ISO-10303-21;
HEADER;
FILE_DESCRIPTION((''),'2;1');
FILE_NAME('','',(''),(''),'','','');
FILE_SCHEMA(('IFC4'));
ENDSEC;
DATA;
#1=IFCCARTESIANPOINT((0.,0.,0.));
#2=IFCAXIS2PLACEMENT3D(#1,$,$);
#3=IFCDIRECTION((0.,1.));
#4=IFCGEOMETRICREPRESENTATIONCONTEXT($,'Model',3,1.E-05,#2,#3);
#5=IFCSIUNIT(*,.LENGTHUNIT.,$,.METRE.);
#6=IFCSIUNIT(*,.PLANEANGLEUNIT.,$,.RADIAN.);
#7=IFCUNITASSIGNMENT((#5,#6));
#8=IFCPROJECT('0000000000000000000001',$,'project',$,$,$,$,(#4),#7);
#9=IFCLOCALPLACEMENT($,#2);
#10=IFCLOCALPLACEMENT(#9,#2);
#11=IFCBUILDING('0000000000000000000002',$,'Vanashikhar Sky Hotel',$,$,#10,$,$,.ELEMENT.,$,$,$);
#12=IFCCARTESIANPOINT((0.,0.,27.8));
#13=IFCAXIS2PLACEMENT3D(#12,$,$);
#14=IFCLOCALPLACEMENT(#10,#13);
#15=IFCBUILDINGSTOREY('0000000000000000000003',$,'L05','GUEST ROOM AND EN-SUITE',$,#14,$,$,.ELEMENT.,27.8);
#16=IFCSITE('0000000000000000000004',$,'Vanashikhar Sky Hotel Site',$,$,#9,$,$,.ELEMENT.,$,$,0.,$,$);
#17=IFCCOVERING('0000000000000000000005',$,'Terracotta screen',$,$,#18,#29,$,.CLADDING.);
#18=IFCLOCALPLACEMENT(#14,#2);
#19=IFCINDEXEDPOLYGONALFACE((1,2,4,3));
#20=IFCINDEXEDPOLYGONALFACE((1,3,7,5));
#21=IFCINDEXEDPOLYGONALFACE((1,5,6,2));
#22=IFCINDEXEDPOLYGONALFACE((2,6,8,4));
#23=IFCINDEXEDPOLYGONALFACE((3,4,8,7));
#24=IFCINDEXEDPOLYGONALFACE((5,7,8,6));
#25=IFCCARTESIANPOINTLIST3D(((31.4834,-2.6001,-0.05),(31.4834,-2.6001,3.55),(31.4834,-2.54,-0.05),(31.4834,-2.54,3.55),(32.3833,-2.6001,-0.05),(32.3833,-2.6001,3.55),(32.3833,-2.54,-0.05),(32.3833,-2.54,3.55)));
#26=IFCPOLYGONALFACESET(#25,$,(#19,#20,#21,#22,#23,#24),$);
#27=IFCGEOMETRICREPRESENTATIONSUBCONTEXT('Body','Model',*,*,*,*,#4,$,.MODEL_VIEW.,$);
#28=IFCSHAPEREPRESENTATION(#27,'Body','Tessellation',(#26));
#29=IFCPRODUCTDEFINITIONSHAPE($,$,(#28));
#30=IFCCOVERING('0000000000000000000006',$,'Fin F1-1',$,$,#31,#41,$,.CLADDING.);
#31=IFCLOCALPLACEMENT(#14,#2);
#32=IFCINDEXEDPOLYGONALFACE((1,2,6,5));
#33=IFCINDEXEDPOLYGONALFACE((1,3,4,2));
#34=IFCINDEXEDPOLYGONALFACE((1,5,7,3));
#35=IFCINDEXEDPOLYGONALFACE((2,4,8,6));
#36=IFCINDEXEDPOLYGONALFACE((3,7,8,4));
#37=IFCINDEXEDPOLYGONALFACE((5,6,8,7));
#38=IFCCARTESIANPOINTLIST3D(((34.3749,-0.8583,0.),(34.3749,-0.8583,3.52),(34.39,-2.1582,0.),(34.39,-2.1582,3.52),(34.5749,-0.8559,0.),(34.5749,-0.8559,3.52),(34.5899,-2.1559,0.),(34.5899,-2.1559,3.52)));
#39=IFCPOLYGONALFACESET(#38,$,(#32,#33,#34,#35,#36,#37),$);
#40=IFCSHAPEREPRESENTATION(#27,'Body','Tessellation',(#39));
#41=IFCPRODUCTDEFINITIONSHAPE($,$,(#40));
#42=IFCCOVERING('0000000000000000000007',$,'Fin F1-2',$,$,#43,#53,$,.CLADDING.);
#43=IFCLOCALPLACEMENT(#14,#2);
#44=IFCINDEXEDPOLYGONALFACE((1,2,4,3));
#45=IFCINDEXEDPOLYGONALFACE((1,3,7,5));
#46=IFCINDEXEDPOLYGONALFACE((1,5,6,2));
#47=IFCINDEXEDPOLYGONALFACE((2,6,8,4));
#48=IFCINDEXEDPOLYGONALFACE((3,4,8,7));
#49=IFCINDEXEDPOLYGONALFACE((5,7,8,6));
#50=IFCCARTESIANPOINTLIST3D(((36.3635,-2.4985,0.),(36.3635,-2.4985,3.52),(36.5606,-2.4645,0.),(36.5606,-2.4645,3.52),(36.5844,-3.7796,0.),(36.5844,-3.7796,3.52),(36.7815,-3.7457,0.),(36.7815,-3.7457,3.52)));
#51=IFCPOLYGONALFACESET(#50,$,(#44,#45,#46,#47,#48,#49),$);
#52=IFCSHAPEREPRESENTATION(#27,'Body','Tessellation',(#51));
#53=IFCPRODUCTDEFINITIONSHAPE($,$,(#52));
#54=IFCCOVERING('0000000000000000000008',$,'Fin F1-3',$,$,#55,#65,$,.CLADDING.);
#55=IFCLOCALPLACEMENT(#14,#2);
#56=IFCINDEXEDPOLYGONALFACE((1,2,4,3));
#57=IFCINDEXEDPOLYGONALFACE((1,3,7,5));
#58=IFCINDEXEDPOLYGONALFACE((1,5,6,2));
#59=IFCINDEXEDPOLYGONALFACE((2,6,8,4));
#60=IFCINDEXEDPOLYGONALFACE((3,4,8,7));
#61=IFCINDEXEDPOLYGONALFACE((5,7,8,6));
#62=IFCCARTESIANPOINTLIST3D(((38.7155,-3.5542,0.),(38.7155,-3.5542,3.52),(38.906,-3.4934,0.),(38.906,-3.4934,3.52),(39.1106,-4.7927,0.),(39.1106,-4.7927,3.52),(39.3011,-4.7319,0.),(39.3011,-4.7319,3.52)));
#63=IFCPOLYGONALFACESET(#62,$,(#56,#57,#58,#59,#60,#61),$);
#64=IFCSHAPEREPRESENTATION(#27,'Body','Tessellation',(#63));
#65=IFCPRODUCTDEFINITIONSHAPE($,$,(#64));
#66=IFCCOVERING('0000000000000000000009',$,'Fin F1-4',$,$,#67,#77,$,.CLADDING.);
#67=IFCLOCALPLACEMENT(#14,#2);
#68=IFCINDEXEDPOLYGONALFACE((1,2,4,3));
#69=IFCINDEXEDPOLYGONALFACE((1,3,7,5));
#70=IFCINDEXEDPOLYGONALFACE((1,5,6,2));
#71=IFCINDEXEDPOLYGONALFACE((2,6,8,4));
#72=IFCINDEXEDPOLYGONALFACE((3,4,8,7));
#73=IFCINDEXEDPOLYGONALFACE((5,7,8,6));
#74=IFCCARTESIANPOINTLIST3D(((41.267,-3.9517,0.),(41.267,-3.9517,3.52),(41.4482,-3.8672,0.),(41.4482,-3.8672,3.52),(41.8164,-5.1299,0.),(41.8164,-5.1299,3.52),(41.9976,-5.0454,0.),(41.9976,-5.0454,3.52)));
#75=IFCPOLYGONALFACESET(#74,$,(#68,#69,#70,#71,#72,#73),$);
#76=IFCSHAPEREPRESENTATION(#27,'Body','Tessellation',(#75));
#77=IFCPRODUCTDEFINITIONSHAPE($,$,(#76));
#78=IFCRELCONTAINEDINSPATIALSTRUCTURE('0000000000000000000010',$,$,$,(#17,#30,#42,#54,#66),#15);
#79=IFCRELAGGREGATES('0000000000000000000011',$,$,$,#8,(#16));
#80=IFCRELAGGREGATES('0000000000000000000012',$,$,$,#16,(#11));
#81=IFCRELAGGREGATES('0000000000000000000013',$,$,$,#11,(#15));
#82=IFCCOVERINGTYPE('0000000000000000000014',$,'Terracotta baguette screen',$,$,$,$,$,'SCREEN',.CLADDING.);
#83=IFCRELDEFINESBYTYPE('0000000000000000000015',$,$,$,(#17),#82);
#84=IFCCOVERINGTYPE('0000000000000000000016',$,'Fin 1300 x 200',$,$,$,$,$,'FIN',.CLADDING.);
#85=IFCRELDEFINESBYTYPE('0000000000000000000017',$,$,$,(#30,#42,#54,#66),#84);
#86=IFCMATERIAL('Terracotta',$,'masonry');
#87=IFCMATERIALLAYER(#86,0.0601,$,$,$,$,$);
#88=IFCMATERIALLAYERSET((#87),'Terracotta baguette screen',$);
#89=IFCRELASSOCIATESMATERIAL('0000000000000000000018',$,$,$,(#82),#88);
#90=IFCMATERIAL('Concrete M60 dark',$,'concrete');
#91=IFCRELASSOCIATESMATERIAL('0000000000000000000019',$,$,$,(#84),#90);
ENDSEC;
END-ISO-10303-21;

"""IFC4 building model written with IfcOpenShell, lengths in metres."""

from ifc_helpers import new_model, si_unit, direction, frame, origin, origin_2d, place, context, subcontext, project, spatial, rectangle, extrude, source, transform, mapped, material, layer, layer_set, material_profile, profile_set, type_object, element, save


model = new_model("IFC4")

# Units and contexts
model_context = context("Model", 3, precision=1e-05, world=origin(), true_north=direction((0.0, 1.0)))
body_context = subcontext(model_context, "Body", "Model", "MODEL_VIEW")
ifc_project = project(units=[si_unit("LENGTHUNIT", "METRE"), si_unit("PLANEANGLEUNIT", "RADIAN")], contexts=[model_context])

# Site, building, storey
site_placement = place(None, origin())
site = spatial("IfcSite", under=ifc_project, at=site_placement, Name="Vanashikhar Sky Hotel Site", CompositionType="ELEMENT", RefElevation=0.0)
building_placement = place(site_placement, origin())
building = spatial("IfcBuilding", under=site, at=building_placement, Name="Vanashikhar Sky Hotel", CompositionType="ELEMENT")
storey_placement = place(building_placement, frame((0.0, 0.0, 27.8)))
storey = spatial("IfcBuildingStorey", under=building, at=storey_placement, Name="L05", Description="GUEST ROOM AND EN-SUITE", CompositionType="ELEMENT", Elevation=27.8)

# Coverings
ifc_material_1 = material(Name="Terracotta", Category="masonry")
ifc_layer_1 = layer(ifc_material_1, 0.0601)
ifc_layer_set_1 = layer_set([ifc_layer_1], Name="Terracotta baguette screen")
covering_type_1 = type_object("IfcCoveringType", Name="Terracotta baguette screen", ElementType="SCREEN", PredefinedType="CLADDING", material=ifc_layer_set_1)
shared_shape_1 = source(origin(), body_context, "Body", "SweptSolid", [
    extrude(rectangle(XDim=0.8999, YDim=0.0601, at=origin_2d()), origin(), (0.0, 0.0, 1.0), 3.6001),
])
covering_placement = place(storey_placement, frame((31.9333, -2.5701, -0.05), z_axis=(0.0, 0.0, 1.0), x_axis=(1.0, 0.0, 0.0)))
element("IfcCovering", 1, at=covering_placement, inside=storey, type_object=covering_type_1, Name="Terracotta screen", PredefinedType="CLADDING", context=body_context, shape_type="MappedRepresentation", body=[
    mapped(shared_shape_1, transform((0.0, 0.0, 0.0), scale=1.0)),
])
ifc_material_2 = material(Name="Concrete M60 dark", Category="concrete")
ifc_material_profile = material_profile(ifc_material_2, rectangle(XDim=1.3, YDim=0.2, at=origin_2d()))
ifc_profile_set = profile_set([ifc_material_profile], Name="Fin 1300 x 200")
covering_type_2 = type_object("IfcCoveringType", Name="Fin 1300 x 200", ElementType="FIN", PredefinedType="CLADDING", material=ifc_profile_set)
shared_shape_2 = source(origin(), body_context, "Body", "SweptSolid", [
    extrude(rectangle(XDim=1.3, YDim=0.2, at=origin_2d()), origin(), (0.0, 0.0, 1.0), 3.52),
])
for number, where, z_axis, x_axis, name in (
    (2, (34.4824, -1.5071, 0.0), (0.0, 0.0, 1.0), (0.011589, -0.999933, 0.0), "Fin F1-1"),
    (3, (36.5725, -3.1221, 0.0), (0.0, 0.0, 1.0), (0.1699, -0.985461, 0.0), "Fin F1-2"),
    (4, (39.0083, -4.1431, 0.0), (0.0, 0.0, 1.0), (0.303967, -0.952683, 0.0), "Fin F1-3"),
    (5, (41.6323, -4.4985, 0.0), (0.0, 0.0, 1.0), (0.422618, -0.906308, 0.0), "Fin F1-4"),
):
    element("IfcCovering", number, at=place(storey_placement, frame(where, z_axis=z_axis, x_axis=x_axis)), inside=storey, type_object=covering_type_2, Name=name, PredefinedType="CLADDING", context=body_context, shape_type="MappedRepresentation", body=[
        mapped(shared_shape_2, transform((0.0, 0.0, 0.0), scale=1.0)),
    ])

save(model, "model.ifc")
